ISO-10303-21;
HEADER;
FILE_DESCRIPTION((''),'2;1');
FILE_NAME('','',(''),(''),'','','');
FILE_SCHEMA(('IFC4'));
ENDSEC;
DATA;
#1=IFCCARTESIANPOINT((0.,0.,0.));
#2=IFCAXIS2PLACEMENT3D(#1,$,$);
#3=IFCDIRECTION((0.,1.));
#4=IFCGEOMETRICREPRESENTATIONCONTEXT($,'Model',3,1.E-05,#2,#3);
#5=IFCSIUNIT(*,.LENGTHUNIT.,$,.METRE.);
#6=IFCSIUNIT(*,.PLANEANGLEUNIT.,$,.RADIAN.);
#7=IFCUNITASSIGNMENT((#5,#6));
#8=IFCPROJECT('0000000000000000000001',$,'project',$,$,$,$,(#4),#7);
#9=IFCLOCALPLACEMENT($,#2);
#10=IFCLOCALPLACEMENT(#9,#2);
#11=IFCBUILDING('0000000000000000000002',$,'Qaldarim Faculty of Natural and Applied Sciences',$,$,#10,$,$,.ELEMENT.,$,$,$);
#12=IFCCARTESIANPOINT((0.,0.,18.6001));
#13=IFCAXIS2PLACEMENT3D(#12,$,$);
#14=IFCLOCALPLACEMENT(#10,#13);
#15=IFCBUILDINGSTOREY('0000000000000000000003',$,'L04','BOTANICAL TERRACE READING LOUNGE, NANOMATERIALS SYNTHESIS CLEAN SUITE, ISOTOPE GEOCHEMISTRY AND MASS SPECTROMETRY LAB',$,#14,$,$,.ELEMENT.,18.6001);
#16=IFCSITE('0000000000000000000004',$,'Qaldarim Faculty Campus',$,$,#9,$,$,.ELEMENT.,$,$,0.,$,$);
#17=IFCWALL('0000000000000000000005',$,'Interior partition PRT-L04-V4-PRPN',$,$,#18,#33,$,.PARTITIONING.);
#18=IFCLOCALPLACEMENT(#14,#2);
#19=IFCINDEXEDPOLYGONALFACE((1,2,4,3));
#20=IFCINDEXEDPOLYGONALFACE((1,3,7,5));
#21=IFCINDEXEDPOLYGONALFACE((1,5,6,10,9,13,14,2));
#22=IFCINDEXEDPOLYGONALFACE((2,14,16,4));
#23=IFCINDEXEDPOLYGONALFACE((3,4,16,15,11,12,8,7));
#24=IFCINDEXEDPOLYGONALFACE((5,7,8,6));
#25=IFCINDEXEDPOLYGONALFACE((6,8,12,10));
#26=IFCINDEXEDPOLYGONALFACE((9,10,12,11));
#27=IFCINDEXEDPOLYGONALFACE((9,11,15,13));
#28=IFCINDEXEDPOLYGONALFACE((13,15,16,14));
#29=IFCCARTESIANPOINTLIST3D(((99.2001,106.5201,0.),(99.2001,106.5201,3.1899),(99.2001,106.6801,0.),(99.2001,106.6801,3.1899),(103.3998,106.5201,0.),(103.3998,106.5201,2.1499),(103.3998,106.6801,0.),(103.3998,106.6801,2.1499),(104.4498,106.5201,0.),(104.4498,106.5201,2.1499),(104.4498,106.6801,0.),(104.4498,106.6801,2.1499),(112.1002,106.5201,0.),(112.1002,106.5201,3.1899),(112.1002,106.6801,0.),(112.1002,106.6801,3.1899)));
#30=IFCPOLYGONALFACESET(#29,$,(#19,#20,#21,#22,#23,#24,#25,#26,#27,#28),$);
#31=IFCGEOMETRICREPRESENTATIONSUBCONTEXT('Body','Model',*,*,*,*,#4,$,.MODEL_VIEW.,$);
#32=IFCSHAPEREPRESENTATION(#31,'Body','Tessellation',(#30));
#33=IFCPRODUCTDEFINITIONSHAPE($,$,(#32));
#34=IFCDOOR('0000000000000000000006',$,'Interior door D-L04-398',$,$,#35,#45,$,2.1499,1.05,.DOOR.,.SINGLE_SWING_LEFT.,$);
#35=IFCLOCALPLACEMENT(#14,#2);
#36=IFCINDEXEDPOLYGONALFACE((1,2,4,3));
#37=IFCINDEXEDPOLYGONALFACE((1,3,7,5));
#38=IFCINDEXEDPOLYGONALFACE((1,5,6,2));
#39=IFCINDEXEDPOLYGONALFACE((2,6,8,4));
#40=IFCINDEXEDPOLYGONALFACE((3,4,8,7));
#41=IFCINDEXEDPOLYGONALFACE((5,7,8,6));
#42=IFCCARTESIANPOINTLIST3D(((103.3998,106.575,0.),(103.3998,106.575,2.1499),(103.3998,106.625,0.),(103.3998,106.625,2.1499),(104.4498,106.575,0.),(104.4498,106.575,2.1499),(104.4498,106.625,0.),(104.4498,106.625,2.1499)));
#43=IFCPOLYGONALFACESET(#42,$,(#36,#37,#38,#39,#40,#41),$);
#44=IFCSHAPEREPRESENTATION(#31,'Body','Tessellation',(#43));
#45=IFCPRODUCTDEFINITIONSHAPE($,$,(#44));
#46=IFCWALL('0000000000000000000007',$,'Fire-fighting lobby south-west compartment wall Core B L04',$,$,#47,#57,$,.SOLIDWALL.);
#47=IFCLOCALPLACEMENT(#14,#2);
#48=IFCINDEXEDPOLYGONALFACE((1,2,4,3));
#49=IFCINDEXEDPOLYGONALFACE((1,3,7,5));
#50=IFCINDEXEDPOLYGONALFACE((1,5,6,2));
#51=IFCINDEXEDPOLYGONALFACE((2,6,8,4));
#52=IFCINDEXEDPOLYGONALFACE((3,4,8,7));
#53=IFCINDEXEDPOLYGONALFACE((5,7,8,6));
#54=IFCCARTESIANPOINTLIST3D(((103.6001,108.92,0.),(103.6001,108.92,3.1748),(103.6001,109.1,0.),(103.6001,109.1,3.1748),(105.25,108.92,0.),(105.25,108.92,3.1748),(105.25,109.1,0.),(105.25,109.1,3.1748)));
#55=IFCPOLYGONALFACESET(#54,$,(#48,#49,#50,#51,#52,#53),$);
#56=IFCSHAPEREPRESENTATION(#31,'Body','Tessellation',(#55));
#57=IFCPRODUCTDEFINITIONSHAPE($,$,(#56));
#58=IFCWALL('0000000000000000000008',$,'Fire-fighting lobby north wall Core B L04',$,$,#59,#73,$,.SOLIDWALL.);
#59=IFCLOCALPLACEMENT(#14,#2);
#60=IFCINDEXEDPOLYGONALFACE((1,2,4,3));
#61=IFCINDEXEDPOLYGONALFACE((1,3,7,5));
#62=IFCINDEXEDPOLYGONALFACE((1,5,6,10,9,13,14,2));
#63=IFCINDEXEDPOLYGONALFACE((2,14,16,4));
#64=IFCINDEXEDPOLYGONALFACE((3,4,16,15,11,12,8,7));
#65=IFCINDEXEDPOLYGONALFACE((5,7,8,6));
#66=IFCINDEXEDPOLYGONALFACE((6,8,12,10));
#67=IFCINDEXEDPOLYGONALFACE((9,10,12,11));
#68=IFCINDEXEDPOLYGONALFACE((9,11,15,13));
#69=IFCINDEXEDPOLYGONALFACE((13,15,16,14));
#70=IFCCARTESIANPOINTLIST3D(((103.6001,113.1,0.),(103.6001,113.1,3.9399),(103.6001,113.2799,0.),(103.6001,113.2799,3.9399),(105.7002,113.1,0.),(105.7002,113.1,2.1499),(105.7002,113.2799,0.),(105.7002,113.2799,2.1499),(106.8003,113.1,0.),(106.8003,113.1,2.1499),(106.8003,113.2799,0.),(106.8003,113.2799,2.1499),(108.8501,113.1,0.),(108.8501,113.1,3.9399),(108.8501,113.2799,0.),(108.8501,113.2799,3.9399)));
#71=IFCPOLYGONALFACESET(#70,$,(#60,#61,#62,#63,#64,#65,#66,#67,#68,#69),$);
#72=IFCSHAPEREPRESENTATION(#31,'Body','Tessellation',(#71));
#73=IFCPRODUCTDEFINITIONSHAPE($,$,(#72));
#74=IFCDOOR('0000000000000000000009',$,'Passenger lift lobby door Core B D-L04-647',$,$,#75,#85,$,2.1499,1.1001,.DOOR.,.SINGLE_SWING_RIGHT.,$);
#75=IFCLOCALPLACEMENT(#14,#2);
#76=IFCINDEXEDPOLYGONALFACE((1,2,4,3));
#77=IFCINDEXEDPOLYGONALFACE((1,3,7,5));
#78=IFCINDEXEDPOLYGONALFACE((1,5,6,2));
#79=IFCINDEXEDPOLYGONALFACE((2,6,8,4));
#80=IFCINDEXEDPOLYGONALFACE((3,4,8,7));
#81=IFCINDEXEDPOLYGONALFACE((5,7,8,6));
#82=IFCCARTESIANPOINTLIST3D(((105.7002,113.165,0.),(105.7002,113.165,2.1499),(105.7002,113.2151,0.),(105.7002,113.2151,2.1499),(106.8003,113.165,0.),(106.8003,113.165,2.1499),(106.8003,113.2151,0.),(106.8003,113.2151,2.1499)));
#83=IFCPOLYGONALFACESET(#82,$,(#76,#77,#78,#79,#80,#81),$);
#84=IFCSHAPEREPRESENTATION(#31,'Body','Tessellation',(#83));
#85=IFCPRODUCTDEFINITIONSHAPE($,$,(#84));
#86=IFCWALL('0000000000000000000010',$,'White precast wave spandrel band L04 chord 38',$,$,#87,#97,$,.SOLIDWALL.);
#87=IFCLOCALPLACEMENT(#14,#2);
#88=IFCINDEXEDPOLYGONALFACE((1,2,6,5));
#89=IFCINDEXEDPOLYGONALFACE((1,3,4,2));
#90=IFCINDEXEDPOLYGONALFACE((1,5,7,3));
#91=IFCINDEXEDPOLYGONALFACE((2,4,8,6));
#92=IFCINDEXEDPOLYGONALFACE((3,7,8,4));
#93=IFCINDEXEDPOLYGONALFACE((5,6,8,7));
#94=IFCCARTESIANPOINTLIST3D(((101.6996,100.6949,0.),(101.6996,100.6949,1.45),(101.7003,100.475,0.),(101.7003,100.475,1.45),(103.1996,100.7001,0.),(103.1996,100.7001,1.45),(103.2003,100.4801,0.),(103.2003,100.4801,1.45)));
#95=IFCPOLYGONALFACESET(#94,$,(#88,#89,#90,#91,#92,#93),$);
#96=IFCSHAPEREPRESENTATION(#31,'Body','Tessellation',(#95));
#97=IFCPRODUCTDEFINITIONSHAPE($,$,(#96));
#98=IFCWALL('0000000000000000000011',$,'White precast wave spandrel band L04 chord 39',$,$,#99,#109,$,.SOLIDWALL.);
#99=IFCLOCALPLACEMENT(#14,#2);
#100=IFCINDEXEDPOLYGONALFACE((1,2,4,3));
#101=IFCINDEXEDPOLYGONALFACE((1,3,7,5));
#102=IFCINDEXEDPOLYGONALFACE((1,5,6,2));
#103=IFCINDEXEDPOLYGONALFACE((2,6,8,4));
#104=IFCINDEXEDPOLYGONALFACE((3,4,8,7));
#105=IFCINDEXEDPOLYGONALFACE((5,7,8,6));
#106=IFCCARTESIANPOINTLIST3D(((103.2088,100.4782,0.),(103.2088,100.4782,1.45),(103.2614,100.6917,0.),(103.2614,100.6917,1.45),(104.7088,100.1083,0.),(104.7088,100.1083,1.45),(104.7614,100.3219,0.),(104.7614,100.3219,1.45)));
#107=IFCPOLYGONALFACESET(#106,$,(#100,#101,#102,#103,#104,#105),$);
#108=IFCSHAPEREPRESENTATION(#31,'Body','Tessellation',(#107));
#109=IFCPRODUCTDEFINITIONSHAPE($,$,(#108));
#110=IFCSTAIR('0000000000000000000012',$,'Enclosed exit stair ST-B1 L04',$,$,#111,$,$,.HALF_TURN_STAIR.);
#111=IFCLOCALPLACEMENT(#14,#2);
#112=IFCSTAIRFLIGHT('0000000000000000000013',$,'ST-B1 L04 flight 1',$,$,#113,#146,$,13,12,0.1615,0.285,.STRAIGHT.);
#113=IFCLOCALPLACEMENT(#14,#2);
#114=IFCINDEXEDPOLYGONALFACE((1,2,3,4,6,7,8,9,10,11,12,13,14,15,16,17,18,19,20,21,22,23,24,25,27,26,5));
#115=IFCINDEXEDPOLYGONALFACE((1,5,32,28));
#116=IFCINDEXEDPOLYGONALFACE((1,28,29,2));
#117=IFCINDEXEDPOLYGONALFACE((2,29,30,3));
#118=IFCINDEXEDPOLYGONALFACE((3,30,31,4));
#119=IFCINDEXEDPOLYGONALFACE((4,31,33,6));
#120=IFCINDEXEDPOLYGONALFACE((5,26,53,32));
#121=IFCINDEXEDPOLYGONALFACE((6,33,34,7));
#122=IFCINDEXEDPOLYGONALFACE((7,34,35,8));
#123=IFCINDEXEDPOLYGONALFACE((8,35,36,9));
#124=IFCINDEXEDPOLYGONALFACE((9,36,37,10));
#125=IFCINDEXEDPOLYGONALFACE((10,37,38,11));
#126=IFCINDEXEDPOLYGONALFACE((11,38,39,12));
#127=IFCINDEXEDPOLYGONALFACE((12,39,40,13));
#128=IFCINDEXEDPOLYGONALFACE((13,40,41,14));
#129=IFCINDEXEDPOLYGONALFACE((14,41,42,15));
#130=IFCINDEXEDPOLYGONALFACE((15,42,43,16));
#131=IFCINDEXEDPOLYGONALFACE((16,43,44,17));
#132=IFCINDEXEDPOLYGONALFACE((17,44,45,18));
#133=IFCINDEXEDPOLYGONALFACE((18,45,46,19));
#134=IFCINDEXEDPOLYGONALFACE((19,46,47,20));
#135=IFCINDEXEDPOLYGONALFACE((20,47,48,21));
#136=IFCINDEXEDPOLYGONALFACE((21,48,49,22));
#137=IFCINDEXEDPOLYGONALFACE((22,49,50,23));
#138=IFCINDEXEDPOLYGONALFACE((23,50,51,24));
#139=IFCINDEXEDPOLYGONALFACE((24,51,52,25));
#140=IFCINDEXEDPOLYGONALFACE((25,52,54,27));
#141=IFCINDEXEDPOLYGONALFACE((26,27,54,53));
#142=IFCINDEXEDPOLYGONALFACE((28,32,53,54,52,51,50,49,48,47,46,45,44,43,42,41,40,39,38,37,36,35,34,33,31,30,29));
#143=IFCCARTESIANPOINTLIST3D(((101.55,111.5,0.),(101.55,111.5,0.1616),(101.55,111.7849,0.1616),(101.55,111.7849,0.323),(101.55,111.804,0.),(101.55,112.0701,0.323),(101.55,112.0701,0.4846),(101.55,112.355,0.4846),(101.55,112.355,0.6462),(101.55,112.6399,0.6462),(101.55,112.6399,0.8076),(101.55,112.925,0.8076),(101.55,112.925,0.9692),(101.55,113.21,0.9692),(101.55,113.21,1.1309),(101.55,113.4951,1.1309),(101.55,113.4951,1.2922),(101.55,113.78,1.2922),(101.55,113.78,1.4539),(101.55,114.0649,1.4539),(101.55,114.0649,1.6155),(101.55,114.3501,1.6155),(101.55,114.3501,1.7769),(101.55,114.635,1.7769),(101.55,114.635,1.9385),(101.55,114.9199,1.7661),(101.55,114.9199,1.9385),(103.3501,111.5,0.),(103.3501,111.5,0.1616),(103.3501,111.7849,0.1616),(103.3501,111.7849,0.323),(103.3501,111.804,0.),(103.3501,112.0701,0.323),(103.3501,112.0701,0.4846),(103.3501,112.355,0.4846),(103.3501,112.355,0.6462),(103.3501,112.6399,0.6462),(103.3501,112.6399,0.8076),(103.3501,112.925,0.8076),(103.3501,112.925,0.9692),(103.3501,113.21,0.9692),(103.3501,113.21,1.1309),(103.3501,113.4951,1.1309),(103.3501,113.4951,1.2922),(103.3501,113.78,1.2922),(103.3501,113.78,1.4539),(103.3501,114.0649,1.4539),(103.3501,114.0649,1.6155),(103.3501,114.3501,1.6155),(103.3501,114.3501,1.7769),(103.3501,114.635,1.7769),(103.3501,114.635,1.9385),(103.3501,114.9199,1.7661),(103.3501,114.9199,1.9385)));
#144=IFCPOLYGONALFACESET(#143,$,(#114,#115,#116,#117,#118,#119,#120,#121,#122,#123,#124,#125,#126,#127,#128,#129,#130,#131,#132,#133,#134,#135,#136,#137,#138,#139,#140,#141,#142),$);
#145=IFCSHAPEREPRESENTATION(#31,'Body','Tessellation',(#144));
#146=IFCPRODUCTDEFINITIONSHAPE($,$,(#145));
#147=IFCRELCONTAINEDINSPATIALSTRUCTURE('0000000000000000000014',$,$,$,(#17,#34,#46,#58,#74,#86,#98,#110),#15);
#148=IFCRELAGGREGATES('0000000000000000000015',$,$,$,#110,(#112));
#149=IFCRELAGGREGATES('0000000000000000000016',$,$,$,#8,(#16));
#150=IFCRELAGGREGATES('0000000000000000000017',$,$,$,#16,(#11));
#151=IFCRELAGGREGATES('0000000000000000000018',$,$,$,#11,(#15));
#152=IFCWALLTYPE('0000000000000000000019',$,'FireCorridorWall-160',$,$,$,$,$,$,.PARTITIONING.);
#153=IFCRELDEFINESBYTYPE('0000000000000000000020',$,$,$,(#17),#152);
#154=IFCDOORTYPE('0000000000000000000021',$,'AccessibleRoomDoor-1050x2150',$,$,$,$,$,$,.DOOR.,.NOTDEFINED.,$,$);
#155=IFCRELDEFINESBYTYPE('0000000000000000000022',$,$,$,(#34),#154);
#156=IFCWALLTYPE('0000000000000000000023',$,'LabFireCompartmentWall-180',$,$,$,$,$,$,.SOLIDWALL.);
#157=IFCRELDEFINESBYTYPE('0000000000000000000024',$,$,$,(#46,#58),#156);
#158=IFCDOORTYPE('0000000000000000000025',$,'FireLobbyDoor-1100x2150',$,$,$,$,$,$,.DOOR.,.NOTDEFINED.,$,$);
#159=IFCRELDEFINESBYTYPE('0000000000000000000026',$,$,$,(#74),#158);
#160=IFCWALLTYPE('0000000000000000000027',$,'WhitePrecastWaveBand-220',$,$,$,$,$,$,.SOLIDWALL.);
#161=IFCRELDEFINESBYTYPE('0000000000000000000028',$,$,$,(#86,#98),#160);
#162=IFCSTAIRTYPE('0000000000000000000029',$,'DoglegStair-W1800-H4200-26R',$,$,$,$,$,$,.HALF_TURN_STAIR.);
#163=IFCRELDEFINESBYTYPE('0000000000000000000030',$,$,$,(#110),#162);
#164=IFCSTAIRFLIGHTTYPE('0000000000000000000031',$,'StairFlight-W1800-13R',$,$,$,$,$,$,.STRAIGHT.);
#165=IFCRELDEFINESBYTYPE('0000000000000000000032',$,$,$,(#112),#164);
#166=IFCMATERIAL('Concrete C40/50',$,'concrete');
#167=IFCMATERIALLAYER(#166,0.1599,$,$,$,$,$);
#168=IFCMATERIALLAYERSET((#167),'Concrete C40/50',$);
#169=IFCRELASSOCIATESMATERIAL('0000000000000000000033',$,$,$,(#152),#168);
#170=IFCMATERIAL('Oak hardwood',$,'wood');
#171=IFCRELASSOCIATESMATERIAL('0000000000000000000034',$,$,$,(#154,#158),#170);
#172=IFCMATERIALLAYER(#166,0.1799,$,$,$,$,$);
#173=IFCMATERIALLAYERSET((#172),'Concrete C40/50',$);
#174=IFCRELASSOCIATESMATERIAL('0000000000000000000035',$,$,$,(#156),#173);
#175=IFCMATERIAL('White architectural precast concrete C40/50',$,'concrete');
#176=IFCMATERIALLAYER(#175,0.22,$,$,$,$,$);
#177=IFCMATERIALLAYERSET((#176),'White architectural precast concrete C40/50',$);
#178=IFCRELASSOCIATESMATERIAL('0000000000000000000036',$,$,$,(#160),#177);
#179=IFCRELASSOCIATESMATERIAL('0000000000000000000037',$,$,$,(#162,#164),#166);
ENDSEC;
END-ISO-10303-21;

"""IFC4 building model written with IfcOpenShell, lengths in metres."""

from ifc_helpers import new_model, si_unit, direction, frame, frame_2d, origin, place, context, subcontext, project, spatial, polyline, rectangle, outline, extrude, material, layer, layer_set, type_object, element, fill, aggregate, save


model = new_model("IFC4")

# Units and contexts
model_context = context("Model", 3, precision=1e-05, world=origin(), true_north=direction((0.0, 1.0)))
body_context = subcontext(model_context, "Body", "Model", "MODEL_VIEW")
ifc_project = project(units=[si_unit("LENGTHUNIT", "METRE"), si_unit("PLANEANGLEUNIT", "RADIAN")], contexts=[model_context])

# Site, building, storey
site_placement = place(None, origin())
site = spatial("IfcSite", under=ifc_project, at=site_placement, Name="Qaldarim Faculty Campus", CompositionType="ELEMENT", RefElevation=0.0)
building_placement = place(site_placement, origin())
building = spatial("IfcBuilding", under=site, at=building_placement, Name="Qaldarim Faculty of Natural and Applied Sciences", CompositionType="ELEMENT")
storey_placement = place(building_placement, frame((0.0, 0.0, 18.6001)))
storey = spatial("IfcBuildingStorey", under=building, at=storey_placement, Name="L04", Description="BOTANICAL TERRACE READING LOUNGE, NANOMATERIALS SYNTHESIS CLEAN SUITE, ISOTOPE GEOCHEMISTRY AND MASS SPECTROMETRY LAB", CompositionType="ELEMENT", Elevation=18.6001)

# Shared definitions
ifc_material_1 = material(Name="Concrete C40/50", Category="concrete")

# Wall, opening, door
ifc_layer_1 = layer(ifc_material_1, 0.1599)
ifc_layer_set_1 = layer_set([ifc_layer_1], Name="Concrete C40/50")
wall_type_1 = type_object("IfcWallType", Name="FireCorridorWall-160", PredefinedType="PARTITIONING", material=ifc_layer_set_1)
wall_1_placement = place(storey_placement, frame((99.2, 106.6001, 0.0), z_axis=(0.0, 0.0, 1.0), x_axis=(1.0, 0.0, 0.0)))
wall_1 = element("IfcWall", 1, at=wall_1_placement, inside=storey, type_object=wall_type_1, Name="Interior partition PRT-L04-V4-PRPN", PredefinedType="PARTITIONING", context=body_context, shape_type="SweptSolid", body=[
    extrude(rectangle(XDim=12.9001, YDim=0.1599, at=frame_2d((6.4502, 0.0))), origin(), (0.0, 0.0, 1.0), 3.1899),
])
opening_1_placement = place(wall_1_placement, frame((4.2, 0.0, 0.0)))
opening_1 = element("IfcOpeningElement", 2, at=opening_1_placement, cuts=wall_1, PredefinedType="OPENING", context=body_context, shape_type="SweptSolid", body=[
    extrude(rectangle(XDim=1.05, YDim=2.1499, at=frame_2d((0.5249, 1.075))), frame((0.0, 0.0898, 0.0), z_axis=(0.0, -1.0, 0.0), x_axis=(1.0, 0.0, 0.0)), (0.0, 0.0, 1.0), 0.1799),
])
ifc_material_2 = material(Name="Oak hardwood", Category="wood")
door_type_1 = type_object("IfcDoorType", Name="AccessibleRoomDoor-1050x2150", OperationType="NOTDEFINED", PredefinedType="DOOR", material=ifc_material_2)
door_1_placement = place(opening_1_placement, origin())
door_1 = element("IfcDoor", 3, at=door_1_placement, inside=storey, type_object=door_type_1, Name="Interior door D-L04-398", OperationType="SINGLE_SWING_LEFT", OverallHeight=2.1499, OverallWidth=1.05, PredefinedType="DOOR", context=body_context, shape_type="SweptSolid", body=[
    extrude(rectangle(XDim=1.05, YDim=2.1499, at=frame_2d((0.5249, 1.075))), frame((0.0, 0.0249, 0.0), z_axis=(0.0, -1.0, 0.0), x_axis=(1.0, 0.0, 0.0)), (0.0, 0.0, 1.0), 0.05),
])
fill(opening_1, door_1)

# Wall
ifc_layer_2 = layer(ifc_material_1, 0.1799)
ifc_layer_set_2 = layer_set([ifc_layer_2], Name="Concrete C40/50")
wall_type_2 = type_object("IfcWallType", Name="LabFireCompartmentWall-180", PredefinedType="SOLIDWALL", material=ifc_layer_set_2)
wall_2_placement = place(storey_placement, frame((103.6001, 109.01, 0.0), z_axis=(0.0, 0.0, 1.0), x_axis=(1.0, 0.0, 0.0)))
element("IfcWall", 4, at=wall_2_placement, inside=storey, type_object=wall_type_2, Name="Fire-fighting lobby south-west compartment wall Core B L04", PredefinedType="SOLIDWALL", context=body_context, shape_type="SweptSolid", body=[
    extrude(rectangle(XDim=1.6499, YDim=0.1799, at=frame_2d((0.825, 0.0))), origin(), (0.0, 0.0, 1.0), 3.1748),
])

# Wall, opening, door
wall_3_placement = place(storey_placement, frame((103.6001, 113.1899, 0.0), z_axis=(0.0, 0.0, 1.0), x_axis=(1.0, 0.0, 0.0)))
wall_3 = element("IfcWall", 5, at=wall_3_placement, inside=storey, type_object=wall_type_2, Name="Fire-fighting lobby north wall Core B L04", PredefinedType="SOLIDWALL", context=body_context, shape_type="SweptSolid", body=[
    extrude(rectangle(XDim=5.25, YDim=0.1799, at=frame_2d((2.625, 0.0))), origin(), (0.0, 0.0, 1.0), 3.9399),
])
opening_2_placement = place(wall_3_placement, frame((2.1001, 0.0, 0.0)))
opening_2 = element("IfcOpeningElement", 6, at=opening_2_placement, cuts=wall_3, PredefinedType="OPENING", context=body_context, shape_type="SweptSolid", body=[
    extrude(rectangle(XDim=1.1001, YDim=2.1499, at=frame_2d((0.55, 1.075))), frame((0.0, 0.0999, 0.0), z_axis=(0.0, -1.0, 0.0), x_axis=(1.0, 0.0, 0.0)), (0.0, 0.0, 1.0), 0.2),
])
door_type_2 = type_object("IfcDoorType", Name="FireLobbyDoor-1100x2150", OperationType="NOTDEFINED", PredefinedType="DOOR", material=ifc_material_2)
door_2_placement = place(opening_2_placement, frame((1.1001, 0.0, 0.0), z_axis=(0.0, 0.0, 1.0), x_axis=(-1.0, 0.0, 0.0)))
door_2 = element("IfcDoor", 7, at=door_2_placement, inside=storey, type_object=door_type_2, Name="Passenger lift lobby door Core B D-L04-647", OperationType="SINGLE_SWING_RIGHT", OverallHeight=2.1499, OverallWidth=1.1001, PredefinedType="DOOR", context=body_context, shape_type="SweptSolid", body=[
    extrude(rectangle(XDim=1.1001, YDim=2.1499, at=frame_2d((0.55, 1.075))), frame((0.0, 0.0249, 0.0), z_axis=(0.0, -1.0, 0.0), x_axis=(1.0, 0.0, 0.0)), (0.0, 0.0, 1.0), 0.05),
])
fill(opening_2, door_2)

# Walls
ifc_material_3 = material(Name="White architectural precast concrete C40/50", Category="concrete")
ifc_layer_3 = layer(ifc_material_3, 0.22)
ifc_layer_set_3 = layer_set([ifc_layer_3], Name="White architectural precast concrete C40/50")
wall_type_3 = type_object("IfcWallType", Name="WhitePrecastWaveBand-220", PredefinedType="SOLIDWALL", material=ifc_layer_set_3)
wall_4_placement = place(storey_placement, frame((101.7, 100.585, 0.0), z_axis=(0.0, 0.0, 1.0), x_axis=(0.999994, 0.003418, 0.0)))
element("IfcWall", 8, at=wall_4_placement, inside=storey, type_object=wall_type_3, Name="White precast wave spandrel band L04 chord 38", PredefinedType="SOLIDWALL", context=body_context, shape_type="SweptSolid", body=[
    extrude(rectangle(XDim=1.5, YDim=0.22, at=frame_2d((0.75, 0.0))), origin(), (0.0, 0.0, 1.0), 1.45),
])
wall_5_placement = place(storey_placement, frame((103.2351, 100.585, 0.0), z_axis=(0.0, 0.0, 1.0), x_axis=(0.970918, -0.239411, 0.0)))
element("IfcWall", 9, at=wall_5_placement, inside=storey, type_object=wall_type_3, Name="White precast wave spandrel band L04 chord 39", PredefinedType="SOLIDWALL", context=body_context, shape_type="SweptSolid", body=[
    extrude(rectangle(XDim=1.5449, YDim=0.22, at=frame_2d((0.7725, 0.0))), origin(), (0.0, 0.0, 1.0), 1.45),
])

# Stair, stair flight
stair_type = type_object("IfcStairType", Name="DoglegStair-W1800-H4200-26R", PredefinedType="HALF_TURN_STAIR", material=ifc_material_1)
stair_placement = place(storey_placement, origin())
stair = element("IfcStair", 10, at=stair_placement, inside=storey, type_object=stair_type, Name="Enclosed exit stair ST-B1 L04", PredefinedType="HALF_TURN_STAIR")
stair_flight_type = type_object("IfcStairFlightType", Name="StairFlight-W1800-13R", PredefinedType="STRAIGHT", material=ifc_material_1)
stair_flight_placement = place(storey_placement, frame((102.45, 111.5, 0.0), z_axis=(0.0, 0.0, 1.0), x_axis=(0.0, 1.0, 0.0)))
stair_flight = element("IfcStairFlight", 11, at=stair_flight_placement, type_object=stair_flight_type, Name="ST-B1 L04 flight 1", NumberOfRisers=13, NumberOfTreads=12, PredefinedType="STRAIGHT", RiserHeight=0.1615, TreadLength=0.285, context=body_context, shape_type="SweptSolid", body=[
    extrude(outline(polyline([(0.0, 0.0), (0.0, 0.1616), (0.2849, 0.1616), (0.2849, 0.323), (0.5701, 0.323), (0.5701, 0.4846), (0.855, 0.4846), (0.855, 0.6462), (1.1399, 0.6462), (1.1399, 0.8076), (1.425, 0.8076), (1.425, 0.9692), (1.71, 0.9692), (1.71, 1.1309), (1.9951, 1.1309), (1.9951, 1.2922), (2.28, 1.2922), (2.28, 1.4539), (2.5649, 1.4539), (2.5649, 1.6155), (2.8501, 1.6155), (2.8501, 1.7769), (3.135, 1.7769), (3.135, 1.9385), (3.4199, 1.9385), (3.4199, 2.1001), (3.4199, 1.7661), (0.304, 0.0), (0.0, 0.0)])), frame((0.0, 0.8999, 0.0), z_axis=(0.0, -1.0, 0.0), x_axis=(1.0, 0.0, 0.0)), (0.0, 0.0, 1.0), 1.8),
])
aggregate(stair, [stair_flight])

save(model, "model.ifc")
